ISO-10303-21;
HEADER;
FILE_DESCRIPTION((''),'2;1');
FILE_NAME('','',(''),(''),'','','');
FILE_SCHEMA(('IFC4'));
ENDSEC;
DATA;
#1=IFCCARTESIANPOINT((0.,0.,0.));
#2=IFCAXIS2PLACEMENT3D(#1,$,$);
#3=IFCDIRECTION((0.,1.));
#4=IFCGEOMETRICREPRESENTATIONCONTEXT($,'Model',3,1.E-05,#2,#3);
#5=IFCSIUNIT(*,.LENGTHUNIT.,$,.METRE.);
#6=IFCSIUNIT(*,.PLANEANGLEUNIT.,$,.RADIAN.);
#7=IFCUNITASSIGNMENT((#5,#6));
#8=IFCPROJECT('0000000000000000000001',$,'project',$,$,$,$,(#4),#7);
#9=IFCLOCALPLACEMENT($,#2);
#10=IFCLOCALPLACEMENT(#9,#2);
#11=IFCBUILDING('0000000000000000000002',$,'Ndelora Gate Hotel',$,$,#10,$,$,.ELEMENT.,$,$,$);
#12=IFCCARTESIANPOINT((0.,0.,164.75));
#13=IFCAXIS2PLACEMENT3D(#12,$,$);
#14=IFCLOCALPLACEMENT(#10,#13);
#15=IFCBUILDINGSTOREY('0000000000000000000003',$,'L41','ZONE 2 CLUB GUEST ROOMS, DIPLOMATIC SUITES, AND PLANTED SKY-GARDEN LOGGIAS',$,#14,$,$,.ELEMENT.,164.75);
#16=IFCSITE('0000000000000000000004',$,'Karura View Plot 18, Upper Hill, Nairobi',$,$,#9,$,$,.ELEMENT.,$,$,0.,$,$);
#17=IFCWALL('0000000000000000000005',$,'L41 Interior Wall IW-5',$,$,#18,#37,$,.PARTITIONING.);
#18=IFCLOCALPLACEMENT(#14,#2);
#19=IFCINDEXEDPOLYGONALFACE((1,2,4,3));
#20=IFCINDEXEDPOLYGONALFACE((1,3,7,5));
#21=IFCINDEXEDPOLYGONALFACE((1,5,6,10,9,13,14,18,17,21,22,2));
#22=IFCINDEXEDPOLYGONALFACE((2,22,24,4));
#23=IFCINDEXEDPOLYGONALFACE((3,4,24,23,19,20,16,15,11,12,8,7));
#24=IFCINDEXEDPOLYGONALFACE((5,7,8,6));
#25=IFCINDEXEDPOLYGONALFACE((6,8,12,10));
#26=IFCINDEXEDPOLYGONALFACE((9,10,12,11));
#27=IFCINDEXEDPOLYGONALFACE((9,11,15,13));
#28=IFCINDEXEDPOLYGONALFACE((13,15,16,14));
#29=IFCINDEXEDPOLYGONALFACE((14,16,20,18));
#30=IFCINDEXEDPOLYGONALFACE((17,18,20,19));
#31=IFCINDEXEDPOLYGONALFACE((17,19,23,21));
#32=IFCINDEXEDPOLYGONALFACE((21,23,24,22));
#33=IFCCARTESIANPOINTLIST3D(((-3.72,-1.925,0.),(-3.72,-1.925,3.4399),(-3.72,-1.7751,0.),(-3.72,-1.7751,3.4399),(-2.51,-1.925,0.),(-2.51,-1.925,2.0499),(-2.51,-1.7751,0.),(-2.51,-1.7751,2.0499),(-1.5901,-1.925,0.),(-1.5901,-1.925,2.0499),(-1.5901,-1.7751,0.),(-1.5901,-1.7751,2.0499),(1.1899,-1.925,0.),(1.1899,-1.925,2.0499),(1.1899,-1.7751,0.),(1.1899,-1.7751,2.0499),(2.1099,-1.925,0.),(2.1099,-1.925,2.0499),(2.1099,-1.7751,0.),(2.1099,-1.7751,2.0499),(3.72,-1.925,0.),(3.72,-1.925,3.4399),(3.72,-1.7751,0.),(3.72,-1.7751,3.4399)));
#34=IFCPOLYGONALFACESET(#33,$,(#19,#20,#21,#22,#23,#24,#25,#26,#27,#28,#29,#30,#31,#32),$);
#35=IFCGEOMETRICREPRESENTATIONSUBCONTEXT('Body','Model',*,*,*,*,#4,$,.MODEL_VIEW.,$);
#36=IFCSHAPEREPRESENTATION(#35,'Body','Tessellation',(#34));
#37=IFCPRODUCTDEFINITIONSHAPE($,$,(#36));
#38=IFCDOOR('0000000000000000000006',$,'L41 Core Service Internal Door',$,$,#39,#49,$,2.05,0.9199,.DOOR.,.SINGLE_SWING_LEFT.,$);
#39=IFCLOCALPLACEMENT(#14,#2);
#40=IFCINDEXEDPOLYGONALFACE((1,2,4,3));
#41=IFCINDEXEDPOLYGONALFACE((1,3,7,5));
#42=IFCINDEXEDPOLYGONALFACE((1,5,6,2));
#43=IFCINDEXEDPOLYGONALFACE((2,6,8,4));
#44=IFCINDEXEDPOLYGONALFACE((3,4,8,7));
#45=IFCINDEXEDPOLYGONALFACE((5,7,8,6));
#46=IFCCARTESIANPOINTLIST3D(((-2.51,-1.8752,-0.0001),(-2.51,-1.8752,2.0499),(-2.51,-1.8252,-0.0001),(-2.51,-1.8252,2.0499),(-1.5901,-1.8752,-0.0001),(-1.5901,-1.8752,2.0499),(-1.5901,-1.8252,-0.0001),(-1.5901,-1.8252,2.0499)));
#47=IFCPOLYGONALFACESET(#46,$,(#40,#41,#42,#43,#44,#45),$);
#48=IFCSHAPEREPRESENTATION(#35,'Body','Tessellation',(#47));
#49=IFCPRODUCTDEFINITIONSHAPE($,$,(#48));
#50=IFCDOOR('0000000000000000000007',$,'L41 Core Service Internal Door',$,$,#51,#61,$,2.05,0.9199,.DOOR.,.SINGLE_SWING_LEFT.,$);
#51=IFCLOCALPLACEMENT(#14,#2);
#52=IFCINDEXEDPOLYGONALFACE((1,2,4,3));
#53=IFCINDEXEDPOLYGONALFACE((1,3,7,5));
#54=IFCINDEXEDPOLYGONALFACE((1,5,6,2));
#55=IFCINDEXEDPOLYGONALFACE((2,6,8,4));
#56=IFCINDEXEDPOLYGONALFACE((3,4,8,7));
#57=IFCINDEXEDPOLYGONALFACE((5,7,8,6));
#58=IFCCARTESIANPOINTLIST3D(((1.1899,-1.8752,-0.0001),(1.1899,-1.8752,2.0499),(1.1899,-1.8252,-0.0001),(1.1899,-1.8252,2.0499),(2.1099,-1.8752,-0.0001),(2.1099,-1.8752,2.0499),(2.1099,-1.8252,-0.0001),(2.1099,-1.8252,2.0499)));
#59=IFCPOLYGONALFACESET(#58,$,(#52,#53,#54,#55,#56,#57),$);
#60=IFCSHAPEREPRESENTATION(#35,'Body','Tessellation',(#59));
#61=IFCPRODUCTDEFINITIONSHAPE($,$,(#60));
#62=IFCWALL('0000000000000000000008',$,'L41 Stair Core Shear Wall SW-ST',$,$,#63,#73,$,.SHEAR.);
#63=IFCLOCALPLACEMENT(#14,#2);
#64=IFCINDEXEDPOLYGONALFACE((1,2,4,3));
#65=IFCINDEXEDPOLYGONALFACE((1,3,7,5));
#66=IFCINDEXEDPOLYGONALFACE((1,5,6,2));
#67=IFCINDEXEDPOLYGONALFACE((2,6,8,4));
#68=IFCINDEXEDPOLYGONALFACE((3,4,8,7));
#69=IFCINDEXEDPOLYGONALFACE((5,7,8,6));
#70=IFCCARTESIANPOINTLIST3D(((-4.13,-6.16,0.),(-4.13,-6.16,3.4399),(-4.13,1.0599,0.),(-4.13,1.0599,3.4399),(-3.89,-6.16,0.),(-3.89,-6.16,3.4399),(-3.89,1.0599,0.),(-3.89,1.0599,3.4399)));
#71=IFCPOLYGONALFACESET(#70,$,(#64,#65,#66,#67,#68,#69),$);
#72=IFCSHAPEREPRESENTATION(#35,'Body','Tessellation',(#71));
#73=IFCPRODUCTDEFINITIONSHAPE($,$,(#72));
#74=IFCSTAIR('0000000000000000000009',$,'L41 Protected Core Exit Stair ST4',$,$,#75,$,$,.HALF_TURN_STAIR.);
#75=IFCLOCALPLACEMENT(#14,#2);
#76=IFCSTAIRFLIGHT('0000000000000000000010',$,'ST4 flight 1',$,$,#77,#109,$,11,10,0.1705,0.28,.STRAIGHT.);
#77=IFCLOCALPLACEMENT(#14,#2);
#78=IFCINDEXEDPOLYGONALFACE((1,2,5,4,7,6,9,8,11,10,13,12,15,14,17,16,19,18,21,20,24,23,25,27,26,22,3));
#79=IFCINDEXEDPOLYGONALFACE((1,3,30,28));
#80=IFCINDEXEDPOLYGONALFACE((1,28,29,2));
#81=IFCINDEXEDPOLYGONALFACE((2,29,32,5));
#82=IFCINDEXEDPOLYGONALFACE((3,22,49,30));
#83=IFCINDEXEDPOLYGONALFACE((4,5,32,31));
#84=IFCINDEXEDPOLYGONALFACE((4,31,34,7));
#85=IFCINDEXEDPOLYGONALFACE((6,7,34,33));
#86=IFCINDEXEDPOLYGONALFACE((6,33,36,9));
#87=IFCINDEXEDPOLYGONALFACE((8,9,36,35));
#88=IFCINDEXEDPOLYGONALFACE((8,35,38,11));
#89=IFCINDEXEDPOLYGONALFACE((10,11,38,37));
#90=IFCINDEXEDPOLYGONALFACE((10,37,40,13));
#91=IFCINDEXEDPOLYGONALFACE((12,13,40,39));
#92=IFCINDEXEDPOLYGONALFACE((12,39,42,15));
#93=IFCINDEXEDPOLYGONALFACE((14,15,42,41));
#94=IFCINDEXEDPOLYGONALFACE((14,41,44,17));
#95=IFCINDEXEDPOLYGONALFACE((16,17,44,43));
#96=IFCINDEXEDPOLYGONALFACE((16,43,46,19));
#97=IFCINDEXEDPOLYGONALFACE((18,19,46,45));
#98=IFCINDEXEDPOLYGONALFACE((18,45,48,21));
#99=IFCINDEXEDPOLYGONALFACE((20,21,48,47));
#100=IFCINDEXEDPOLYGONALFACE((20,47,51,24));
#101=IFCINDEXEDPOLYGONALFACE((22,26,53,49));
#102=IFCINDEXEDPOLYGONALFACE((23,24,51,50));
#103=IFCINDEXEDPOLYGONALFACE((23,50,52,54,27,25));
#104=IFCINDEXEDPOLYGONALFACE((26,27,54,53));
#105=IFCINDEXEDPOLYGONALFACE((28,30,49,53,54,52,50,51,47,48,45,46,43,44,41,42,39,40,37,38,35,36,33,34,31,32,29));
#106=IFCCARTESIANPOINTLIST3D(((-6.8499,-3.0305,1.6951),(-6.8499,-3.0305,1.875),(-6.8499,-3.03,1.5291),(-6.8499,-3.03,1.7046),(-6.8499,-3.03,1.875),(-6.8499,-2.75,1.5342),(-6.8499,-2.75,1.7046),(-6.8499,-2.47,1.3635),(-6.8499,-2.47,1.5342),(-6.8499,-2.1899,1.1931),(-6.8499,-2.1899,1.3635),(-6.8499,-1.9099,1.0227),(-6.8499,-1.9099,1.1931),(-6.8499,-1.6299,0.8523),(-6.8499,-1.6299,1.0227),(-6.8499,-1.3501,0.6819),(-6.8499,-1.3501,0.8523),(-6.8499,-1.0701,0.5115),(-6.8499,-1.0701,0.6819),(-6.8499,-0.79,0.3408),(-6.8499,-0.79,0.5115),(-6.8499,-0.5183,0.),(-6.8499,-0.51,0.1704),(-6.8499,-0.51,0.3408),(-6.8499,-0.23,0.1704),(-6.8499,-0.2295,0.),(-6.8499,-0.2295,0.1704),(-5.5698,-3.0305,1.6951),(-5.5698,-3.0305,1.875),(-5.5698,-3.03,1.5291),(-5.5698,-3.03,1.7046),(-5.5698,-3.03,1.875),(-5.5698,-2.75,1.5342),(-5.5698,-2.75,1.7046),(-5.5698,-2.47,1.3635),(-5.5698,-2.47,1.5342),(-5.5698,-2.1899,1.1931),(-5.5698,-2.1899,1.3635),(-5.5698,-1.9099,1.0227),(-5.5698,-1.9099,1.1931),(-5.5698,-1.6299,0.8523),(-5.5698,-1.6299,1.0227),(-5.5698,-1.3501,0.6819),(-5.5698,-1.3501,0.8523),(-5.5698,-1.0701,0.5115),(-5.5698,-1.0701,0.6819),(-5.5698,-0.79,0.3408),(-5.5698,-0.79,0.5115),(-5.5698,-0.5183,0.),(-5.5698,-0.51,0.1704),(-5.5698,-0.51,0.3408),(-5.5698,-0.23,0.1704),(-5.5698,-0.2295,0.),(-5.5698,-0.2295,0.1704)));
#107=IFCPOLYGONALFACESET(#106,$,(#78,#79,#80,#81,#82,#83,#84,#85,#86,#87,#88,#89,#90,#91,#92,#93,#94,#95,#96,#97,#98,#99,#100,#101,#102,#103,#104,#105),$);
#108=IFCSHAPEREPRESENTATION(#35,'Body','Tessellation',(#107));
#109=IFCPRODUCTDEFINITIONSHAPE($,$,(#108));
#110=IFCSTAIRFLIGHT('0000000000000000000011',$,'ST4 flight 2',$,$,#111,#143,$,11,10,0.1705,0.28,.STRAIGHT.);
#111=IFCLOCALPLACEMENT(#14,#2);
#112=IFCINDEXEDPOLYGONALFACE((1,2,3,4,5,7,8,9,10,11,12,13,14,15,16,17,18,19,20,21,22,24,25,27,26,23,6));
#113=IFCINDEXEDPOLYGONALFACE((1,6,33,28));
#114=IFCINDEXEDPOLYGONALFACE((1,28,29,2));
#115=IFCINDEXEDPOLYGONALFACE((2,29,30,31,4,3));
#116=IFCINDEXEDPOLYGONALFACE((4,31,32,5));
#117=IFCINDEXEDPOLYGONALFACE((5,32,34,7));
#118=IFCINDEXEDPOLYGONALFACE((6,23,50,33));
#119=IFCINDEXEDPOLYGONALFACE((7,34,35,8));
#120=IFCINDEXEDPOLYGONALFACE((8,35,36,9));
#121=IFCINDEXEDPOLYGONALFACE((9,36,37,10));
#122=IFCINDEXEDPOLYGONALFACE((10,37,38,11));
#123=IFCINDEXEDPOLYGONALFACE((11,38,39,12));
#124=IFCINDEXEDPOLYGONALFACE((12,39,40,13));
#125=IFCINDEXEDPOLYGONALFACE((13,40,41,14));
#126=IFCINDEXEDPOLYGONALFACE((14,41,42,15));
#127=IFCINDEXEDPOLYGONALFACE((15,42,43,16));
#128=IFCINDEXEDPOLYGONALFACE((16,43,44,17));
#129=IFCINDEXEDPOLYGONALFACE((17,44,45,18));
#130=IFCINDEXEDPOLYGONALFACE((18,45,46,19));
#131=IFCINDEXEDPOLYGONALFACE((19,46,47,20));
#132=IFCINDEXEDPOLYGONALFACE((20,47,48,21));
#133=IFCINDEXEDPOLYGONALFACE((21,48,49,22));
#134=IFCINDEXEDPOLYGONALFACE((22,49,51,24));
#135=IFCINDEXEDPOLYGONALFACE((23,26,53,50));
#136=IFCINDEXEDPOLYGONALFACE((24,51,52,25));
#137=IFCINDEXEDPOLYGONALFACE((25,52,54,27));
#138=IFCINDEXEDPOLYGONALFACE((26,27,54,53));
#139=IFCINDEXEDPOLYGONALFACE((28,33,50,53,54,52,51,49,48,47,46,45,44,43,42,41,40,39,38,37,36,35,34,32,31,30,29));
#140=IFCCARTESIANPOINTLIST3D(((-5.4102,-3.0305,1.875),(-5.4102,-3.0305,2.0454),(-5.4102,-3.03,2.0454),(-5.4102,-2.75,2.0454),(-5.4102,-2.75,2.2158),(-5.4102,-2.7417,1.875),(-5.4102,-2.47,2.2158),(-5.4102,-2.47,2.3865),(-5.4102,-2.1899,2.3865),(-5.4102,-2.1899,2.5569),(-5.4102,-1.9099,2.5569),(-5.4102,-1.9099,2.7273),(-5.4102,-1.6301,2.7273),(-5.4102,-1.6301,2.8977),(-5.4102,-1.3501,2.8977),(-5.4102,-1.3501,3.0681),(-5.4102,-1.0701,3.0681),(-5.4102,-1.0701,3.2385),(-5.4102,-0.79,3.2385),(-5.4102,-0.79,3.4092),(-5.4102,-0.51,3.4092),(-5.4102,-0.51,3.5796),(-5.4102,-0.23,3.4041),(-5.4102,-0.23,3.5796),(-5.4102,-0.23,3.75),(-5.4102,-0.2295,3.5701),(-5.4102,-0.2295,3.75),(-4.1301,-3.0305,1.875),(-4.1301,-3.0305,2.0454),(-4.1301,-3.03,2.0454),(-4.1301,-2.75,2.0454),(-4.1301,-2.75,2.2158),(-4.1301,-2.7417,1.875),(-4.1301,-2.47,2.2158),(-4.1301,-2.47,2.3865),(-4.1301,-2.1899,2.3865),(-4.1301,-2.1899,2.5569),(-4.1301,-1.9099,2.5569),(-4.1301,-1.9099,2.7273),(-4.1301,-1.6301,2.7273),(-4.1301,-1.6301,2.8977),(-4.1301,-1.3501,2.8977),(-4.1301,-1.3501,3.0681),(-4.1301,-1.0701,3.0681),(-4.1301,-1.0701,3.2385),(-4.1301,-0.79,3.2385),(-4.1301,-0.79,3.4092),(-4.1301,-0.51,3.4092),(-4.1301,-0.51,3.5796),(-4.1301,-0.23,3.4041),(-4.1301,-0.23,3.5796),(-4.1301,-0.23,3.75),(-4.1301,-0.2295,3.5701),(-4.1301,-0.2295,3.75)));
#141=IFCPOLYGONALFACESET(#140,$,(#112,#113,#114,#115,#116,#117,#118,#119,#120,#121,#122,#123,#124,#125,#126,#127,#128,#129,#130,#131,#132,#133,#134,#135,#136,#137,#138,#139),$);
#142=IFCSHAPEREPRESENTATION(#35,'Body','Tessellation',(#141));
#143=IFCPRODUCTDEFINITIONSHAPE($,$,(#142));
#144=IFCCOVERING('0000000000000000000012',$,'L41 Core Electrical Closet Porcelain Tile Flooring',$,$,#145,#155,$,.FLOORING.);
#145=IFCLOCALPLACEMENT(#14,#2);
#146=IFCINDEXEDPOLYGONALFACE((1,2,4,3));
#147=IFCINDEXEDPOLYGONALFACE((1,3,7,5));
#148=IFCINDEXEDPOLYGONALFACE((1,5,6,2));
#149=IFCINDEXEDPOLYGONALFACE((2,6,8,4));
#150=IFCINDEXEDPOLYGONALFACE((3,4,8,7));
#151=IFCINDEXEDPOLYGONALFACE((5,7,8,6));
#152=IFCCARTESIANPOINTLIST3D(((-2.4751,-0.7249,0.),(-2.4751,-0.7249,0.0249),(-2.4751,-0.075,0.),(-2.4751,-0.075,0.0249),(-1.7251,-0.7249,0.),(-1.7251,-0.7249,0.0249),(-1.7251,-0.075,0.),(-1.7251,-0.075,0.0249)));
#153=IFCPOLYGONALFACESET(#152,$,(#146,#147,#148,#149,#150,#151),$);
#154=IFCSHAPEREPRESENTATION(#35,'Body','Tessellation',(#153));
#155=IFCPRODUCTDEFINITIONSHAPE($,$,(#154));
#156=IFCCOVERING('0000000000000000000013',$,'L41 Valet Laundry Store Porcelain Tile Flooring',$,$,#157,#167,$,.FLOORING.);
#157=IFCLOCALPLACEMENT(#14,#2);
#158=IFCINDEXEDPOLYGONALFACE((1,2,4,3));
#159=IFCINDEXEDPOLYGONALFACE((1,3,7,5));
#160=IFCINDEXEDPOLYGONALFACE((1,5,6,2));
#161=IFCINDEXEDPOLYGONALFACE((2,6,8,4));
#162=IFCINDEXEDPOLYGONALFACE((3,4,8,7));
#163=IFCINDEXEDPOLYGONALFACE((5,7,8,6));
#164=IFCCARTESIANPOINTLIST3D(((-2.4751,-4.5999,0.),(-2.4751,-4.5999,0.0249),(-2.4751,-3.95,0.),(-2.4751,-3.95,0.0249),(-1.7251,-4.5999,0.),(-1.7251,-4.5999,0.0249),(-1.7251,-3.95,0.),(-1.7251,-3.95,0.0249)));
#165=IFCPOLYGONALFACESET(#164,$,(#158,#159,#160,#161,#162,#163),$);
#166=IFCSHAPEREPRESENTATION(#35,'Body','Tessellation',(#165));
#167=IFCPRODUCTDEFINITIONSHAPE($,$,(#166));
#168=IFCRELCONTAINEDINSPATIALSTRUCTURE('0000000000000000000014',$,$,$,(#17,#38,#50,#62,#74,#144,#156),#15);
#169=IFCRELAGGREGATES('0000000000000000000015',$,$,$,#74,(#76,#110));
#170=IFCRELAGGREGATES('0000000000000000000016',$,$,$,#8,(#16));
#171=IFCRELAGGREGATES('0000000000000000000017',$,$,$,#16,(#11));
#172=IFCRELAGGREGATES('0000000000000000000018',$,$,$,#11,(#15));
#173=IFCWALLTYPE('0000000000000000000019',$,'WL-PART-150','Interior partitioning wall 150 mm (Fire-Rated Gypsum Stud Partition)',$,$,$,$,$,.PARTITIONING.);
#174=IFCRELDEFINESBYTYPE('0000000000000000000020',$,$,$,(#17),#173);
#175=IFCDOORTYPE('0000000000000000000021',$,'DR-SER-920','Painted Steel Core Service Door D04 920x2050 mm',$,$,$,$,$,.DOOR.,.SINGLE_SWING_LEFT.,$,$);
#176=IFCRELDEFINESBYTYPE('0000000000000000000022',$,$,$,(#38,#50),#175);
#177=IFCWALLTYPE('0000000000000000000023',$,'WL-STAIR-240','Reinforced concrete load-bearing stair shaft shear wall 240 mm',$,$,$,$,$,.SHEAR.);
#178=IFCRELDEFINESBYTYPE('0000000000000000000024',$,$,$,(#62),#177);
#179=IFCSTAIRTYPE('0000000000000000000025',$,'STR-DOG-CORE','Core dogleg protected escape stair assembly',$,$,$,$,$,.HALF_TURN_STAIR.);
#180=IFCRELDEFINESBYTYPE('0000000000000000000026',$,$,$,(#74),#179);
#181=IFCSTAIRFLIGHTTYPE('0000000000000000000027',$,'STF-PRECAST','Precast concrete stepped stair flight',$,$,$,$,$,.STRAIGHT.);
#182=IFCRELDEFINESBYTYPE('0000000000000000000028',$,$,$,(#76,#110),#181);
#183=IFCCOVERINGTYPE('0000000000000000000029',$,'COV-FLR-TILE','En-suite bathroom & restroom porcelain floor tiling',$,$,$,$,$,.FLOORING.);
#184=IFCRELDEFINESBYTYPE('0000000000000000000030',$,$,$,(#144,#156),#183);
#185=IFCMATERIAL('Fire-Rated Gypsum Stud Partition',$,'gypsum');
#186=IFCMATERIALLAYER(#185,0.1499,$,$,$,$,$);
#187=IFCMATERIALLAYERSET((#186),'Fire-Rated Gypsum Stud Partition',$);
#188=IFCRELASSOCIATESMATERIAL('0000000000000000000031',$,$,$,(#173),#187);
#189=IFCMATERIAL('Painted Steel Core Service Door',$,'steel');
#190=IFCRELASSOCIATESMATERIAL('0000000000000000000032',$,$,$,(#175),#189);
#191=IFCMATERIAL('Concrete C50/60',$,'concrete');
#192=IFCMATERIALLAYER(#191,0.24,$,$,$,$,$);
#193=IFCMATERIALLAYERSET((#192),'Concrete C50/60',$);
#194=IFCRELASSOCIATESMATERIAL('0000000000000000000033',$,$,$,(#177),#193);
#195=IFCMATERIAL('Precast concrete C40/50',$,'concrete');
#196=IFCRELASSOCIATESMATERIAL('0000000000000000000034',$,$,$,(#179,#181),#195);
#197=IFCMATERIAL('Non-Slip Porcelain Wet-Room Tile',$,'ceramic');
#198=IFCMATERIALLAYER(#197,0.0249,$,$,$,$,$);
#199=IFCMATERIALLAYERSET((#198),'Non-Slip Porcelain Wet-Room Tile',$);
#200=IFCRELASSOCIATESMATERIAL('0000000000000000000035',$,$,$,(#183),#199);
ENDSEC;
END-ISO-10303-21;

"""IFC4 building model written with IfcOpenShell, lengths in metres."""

from ifc_helpers import new_model, si_unit, direction, frame, frame_2d, origin, origin_2d, place, context, subcontext, project, spatial, polyline, rectangle, outline, extrude, material, layer, layer_set, type_object, element, fill, aggregate, save


model = new_model("IFC4")

# Units and contexts
model_context = context("Model", 3, precision=1e-05, world=origin(), true_north=direction((0.0, 1.0)))
body_context = subcontext(model_context, "Body", "Model", "MODEL_VIEW")
ifc_project = project(units=[si_unit("LENGTHUNIT", "METRE"), si_unit("PLANEANGLEUNIT", "RADIAN")], contexts=[model_context])

# Site, building, storey
site_placement = place(None, origin())
site = spatial("IfcSite", under=ifc_project, at=site_placement, Name="Karura View Plot 18, Upper Hill, Nairobi", CompositionType="ELEMENT", RefElevation=0.0)
building_placement = place(site_placement, origin())
building = spatial("IfcBuilding", under=site, at=building_placement, Name="Ndelora Gate Hotel", CompositionType="ELEMENT")
storey_placement = place(building_placement, frame((0.0, 0.0, 164.75)))
storey = spatial("IfcBuildingStorey", under=building, at=storey_placement, Name="L41", Description="ZONE 2 CLUB GUEST ROOMS, DIPLOMATIC SUITES, AND PLANTED SKY-GARDEN LOGGIAS", CompositionType="ELEMENT", Elevation=164.75)

# Wall, openings, doors
ifc_material_1 = material(Name="Fire-Rated Gypsum Stud Partition", Category="gypsum")
ifc_layer_1 = layer(ifc_material_1, 0.1499)
ifc_layer_set_1 = layer_set([ifc_layer_1], Name="Fire-Rated Gypsum Stud Partition")
wall_type_1 = type_object("IfcWallType", Name="WL-PART-150", Description="Interior partitioning wall 150 mm (Fire-Rated Gypsum Stud Partition)", PredefinedType="PARTITIONING", material=ifc_layer_set_1)
wall_1_placement = place(storey_placement, frame((-3.72, -1.8501, 0.0), z_axis=(0.0, 0.0, 1.0), x_axis=(1.0, 0.0, 0.0)))
wall_1 = element("IfcWall", 1, at=wall_1_placement, inside=storey, type_object=wall_type_1, Name="L41 Interior Wall IW-5", PredefinedType="PARTITIONING", context=body_context, shape_type="SweptSolid", body=[
    extrude(rectangle(XDim=7.4399, YDim=0.1499, at=frame_2d((3.72, 0.0))), origin(), (0.0, 0.0, 1.0), 3.4399),
])
opening_1_placement = place(wall_1_placement, frame((1.21, 0.0, 0.0)))
opening_1 = element("IfcOpeningElement", 2, at=opening_1_placement, cuts=wall_1, PredefinedType="OPENING", context=body_context, shape_type="SweptSolid", body=[
    extrude(rectangle(XDim=0.9199, YDim=2.05, at=frame_2d((0.46, 1.0249))), frame((0.0, 0.085, 0.0), z_axis=(0.0, -1.0, 0.0), x_axis=(1.0, 0.0, 0.0)), (0.0, 0.0, 1.0), 0.1699),
])
opening_2_placement = place(wall_1_placement, frame((4.9099, 0.0, 0.0)))
opening_2 = element("IfcOpeningElement", 3, at=opening_2_placement, cuts=wall_1, PredefinedType="OPENING", context=body_context, shape_type="SweptSolid", body=[
    extrude(rectangle(XDim=0.9199, YDim=2.05, at=frame_2d((0.46, 1.0249))), frame((0.0, 0.085, 0.0), z_axis=(0.0, -1.0, 0.0), x_axis=(1.0, 0.0, 0.0)), (0.0, 0.0, 1.0), 0.1699),
])
ifc_material_2 = material(Name="Painted Steel Core Service Door", Category="steel")
door_type = type_object("IfcDoorType", Name="DR-SER-920", Description="Painted Steel Core Service Door D04 920x2050 mm", OperationType="SINGLE_SWING_LEFT", PredefinedType="DOOR", material=ifc_material_2)
door_1_placement = place(opening_1_placement, origin())
door_1 = element("IfcDoor", 4, at=door_1_placement, inside=storey, type_object=door_type, Name="L41 Core Service Internal Door", OperationType="SINGLE_SWING_LEFT", OverallHeight=2.05, OverallWidth=0.9199, PredefinedType="DOOR", context=body_context, shape_type="SweptSolid", body=[
    extrude(rectangle(XDim=0.9199, YDim=2.05, at=frame_2d((0.46, 1.0249))), frame((0.0, 0.0249, 0.0), z_axis=(0.0, -1.0, 0.0), x_axis=(1.0, 0.0, 0.0)), (0.0, 0.0, 1.0), 0.05),
])
fill(opening_1, door_1)
door_2_placement = place(opening_2_placement, origin())
door_2 = element("IfcDoor", 5, at=door_2_placement, inside=storey, type_object=door_type, Name="L41 Core Service Internal Door", OperationType="SINGLE_SWING_LEFT", OverallHeight=2.05, OverallWidth=0.9199, PredefinedType="DOOR", context=body_context, shape_type="SweptSolid", body=[
    extrude(rectangle(XDim=0.9199, YDim=2.05, at=frame_2d((0.46, 1.0249))), frame((0.0, 0.0249, 0.0), z_axis=(0.0, -1.0, 0.0), x_axis=(1.0, 0.0, 0.0)), (0.0, 0.0, 1.0), 0.05),
])
fill(opening_2, door_2)

# Wall
ifc_material_3 = material(Name="Concrete C50/60", Category="concrete")
ifc_layer_2 = layer(ifc_material_3, 0.24)
ifc_layer_set_2 = layer_set([ifc_layer_2], Name="Concrete C50/60")
wall_type_2 = type_object("IfcWallType", Name="WL-STAIR-240", Description="Reinforced concrete load-bearing stair shaft shear wall 240 mm", PredefinedType="SHEAR", material=ifc_layer_set_2)
wall_2_placement = place(storey_placement, frame((-4.01, -6.1599, 0.0), z_axis=(0.0, 0.0, 1.0), x_axis=(0.0, 1.0, 0.0)))
element("IfcWall", 6, at=wall_2_placement, inside=storey, type_object=wall_type_2, Name="L41 Stair Core Shear Wall SW-ST", PredefinedType="SHEAR", context=body_context, shape_type="SweptSolid", body=[
    extrude(rectangle(XDim=7.22, YDim=0.24, at=frame_2d((3.6099, 0.0))), origin(), (0.0, 0.0, 1.0), 3.4399),
])

# Stair, stair flights
ifc_material_4 = material(Name="Precast concrete C40/50", Category="concrete")
stair_type = type_object("IfcStairType", Name="STR-DOG-CORE", Description="Core dogleg protected escape stair assembly", PredefinedType="HALF_TURN_STAIR", material=ifc_material_4)
stair_placement = place(storey_placement, origin())
stair = element("IfcStair", 7, at=stair_placement, inside=storey, type_object=stair_type, Name="L41 Protected Core Exit Stair ST4", PredefinedType="HALF_TURN_STAIR")
stair_flight_type = type_object("IfcStairFlightType", Name="STF-PRECAST", Description="Precast concrete stepped stair flight", PredefinedType="STRAIGHT", material=ifc_material_4)
stair_flight_1_placement = place(storey_placement, frame((-6.21, -0.23, 0.0), z_axis=(0.0, 0.0, 1.0), x_axis=(0.0, -1.0, 0.0)))
stair_flight_1 = element("IfcStairFlight", 8, at=stair_flight_1_placement, type_object=stair_flight_type, Name="ST4 flight 1", NumberOfRisers=11, NumberOfTreads=10, PredefinedType="STRAIGHT", RiserHeight=0.1705, TreadLength=0.28, context=body_context, shape_type="SweptSolid", body=[
    extrude(outline(polyline([(-0.0005, 0.0), (-0.0005, 0.1704), (0.0, 0.1704), (0.28, 0.1704), (0.28, 0.3408), (0.5601, 0.3408), (0.5601, 0.5115), (0.8401, 0.5115), (0.8401, 0.6819), (1.1201, 0.6819), (1.1201, 0.8523), (1.3999, 0.8523), (1.3999, 1.0227), (1.6799, 1.0227), (1.6799, 1.1931), (1.96, 1.1931), (1.96, 1.3635), (2.24, 1.3635), (2.24, 1.5342), (2.52, 1.5342), (2.52, 1.7046), (2.8, 1.7046), (2.8, 1.875), (2.8005, 1.875), (2.8005, 1.6951), (2.8, 1.5291), (0.2883, 0.0), (-0.0005, 0.0)])), frame((0.0, 0.6401, 0.0), z_axis=(0.0, -1.0, 0.0), x_axis=(1.0, 0.0, 0.0)), (0.0, 0.0, 1.0), 1.28),
])
stair_flight_2_placement = place(storey_placement, frame((-4.77, -3.03, 1.875), z_axis=(0.0, 0.0, 1.0), x_axis=(0.0, 1.0, 0.0)))
stair_flight_2 = element("IfcStairFlight", 9, at=stair_flight_2_placement, type_object=stair_flight_type, Name="ST4 flight 2", NumberOfRisers=11, NumberOfTreads=10, PredefinedType="STRAIGHT", RiserHeight=0.1705, TreadLength=0.28, context=body_context, shape_type="SweptSolid", body=[
    extrude(outline(polyline([(-0.0005, 0.0), (-0.0005, 0.1704), (0.0, 0.1704), (0.28, 0.1704), (0.28, 0.3408), (0.5601, 0.3408), (0.5601, 0.5115), (0.8401, 0.5115), (0.8401, 0.6819), (1.1201, 0.6819), (1.1201, 0.8523), (1.3999, 0.8523), (1.3999, 1.0227), (1.6799, 1.0227), (1.6799, 1.1931), (1.96, 1.1931), (1.96, 1.3635), (2.24, 1.3635), (2.24, 1.5342), (2.52, 1.5342), (2.52, 1.7046), (2.8, 1.7046), (2.8, 1.875), (2.8005, 1.875), (2.8005, 1.6951), (2.8, 1.5291), (0.2883, 0.0), (-0.0005, 0.0)])), frame((0.0, 0.6401, 0.0), z_axis=(0.0, -1.0, 0.0), x_axis=(1.0, 0.0, 0.0)), (0.0, 0.0, 1.0), 1.28),
])
aggregate(stair, [stair_flight_1, stair_flight_2])

# Coverings
ifc_material_5 = material(Name="Non-Slip Porcelain Wet-Room Tile", Category="ceramic")
ifc_layer_3 = layer(ifc_material_5, 0.0249)
ifc_layer_set_3 = layer_set([ifc_layer_3], Name="Non-Slip Porcelain Wet-Room Tile")
covering_type = type_object("IfcCoveringType", Name="COV-FLR-TILE", Description="En-suite bathroom & restroom porcelain floor tiling", PredefinedType="FLOORING", material=ifc_layer_set_3)
for number, where, z_axis, x_axis, name in (
    (10, (-2.1001, -0.3999, 0.0), (0.0, 0.0, 1.0), (1.0, 0.0, 0.0), "L41 Core Electrical Closet Porcelain Tile Flooring"),
    (11, (-2.1001, -4.2749, 0.0), (0.0, 0.0, 1.0), (1.0, 0.0, 0.0), "L41 Valet Laundry Store Porcelain Tile Flooring"),
):
    element("IfcCovering", number, at=place(storey_placement, frame(where, z_axis=z_axis, x_axis=x_axis)), inside=storey, type_object=covering_type, Name=name, PredefinedType="FLOORING", context=body_context, shape_type="SweptSolid", body=[
        extrude(rectangle(XDim=0.75, YDim=0.6499, at=origin_2d()), origin(), (0.0, 0.0, 1.0), 0.0249),
    ])

save(model, "model.ifc")
